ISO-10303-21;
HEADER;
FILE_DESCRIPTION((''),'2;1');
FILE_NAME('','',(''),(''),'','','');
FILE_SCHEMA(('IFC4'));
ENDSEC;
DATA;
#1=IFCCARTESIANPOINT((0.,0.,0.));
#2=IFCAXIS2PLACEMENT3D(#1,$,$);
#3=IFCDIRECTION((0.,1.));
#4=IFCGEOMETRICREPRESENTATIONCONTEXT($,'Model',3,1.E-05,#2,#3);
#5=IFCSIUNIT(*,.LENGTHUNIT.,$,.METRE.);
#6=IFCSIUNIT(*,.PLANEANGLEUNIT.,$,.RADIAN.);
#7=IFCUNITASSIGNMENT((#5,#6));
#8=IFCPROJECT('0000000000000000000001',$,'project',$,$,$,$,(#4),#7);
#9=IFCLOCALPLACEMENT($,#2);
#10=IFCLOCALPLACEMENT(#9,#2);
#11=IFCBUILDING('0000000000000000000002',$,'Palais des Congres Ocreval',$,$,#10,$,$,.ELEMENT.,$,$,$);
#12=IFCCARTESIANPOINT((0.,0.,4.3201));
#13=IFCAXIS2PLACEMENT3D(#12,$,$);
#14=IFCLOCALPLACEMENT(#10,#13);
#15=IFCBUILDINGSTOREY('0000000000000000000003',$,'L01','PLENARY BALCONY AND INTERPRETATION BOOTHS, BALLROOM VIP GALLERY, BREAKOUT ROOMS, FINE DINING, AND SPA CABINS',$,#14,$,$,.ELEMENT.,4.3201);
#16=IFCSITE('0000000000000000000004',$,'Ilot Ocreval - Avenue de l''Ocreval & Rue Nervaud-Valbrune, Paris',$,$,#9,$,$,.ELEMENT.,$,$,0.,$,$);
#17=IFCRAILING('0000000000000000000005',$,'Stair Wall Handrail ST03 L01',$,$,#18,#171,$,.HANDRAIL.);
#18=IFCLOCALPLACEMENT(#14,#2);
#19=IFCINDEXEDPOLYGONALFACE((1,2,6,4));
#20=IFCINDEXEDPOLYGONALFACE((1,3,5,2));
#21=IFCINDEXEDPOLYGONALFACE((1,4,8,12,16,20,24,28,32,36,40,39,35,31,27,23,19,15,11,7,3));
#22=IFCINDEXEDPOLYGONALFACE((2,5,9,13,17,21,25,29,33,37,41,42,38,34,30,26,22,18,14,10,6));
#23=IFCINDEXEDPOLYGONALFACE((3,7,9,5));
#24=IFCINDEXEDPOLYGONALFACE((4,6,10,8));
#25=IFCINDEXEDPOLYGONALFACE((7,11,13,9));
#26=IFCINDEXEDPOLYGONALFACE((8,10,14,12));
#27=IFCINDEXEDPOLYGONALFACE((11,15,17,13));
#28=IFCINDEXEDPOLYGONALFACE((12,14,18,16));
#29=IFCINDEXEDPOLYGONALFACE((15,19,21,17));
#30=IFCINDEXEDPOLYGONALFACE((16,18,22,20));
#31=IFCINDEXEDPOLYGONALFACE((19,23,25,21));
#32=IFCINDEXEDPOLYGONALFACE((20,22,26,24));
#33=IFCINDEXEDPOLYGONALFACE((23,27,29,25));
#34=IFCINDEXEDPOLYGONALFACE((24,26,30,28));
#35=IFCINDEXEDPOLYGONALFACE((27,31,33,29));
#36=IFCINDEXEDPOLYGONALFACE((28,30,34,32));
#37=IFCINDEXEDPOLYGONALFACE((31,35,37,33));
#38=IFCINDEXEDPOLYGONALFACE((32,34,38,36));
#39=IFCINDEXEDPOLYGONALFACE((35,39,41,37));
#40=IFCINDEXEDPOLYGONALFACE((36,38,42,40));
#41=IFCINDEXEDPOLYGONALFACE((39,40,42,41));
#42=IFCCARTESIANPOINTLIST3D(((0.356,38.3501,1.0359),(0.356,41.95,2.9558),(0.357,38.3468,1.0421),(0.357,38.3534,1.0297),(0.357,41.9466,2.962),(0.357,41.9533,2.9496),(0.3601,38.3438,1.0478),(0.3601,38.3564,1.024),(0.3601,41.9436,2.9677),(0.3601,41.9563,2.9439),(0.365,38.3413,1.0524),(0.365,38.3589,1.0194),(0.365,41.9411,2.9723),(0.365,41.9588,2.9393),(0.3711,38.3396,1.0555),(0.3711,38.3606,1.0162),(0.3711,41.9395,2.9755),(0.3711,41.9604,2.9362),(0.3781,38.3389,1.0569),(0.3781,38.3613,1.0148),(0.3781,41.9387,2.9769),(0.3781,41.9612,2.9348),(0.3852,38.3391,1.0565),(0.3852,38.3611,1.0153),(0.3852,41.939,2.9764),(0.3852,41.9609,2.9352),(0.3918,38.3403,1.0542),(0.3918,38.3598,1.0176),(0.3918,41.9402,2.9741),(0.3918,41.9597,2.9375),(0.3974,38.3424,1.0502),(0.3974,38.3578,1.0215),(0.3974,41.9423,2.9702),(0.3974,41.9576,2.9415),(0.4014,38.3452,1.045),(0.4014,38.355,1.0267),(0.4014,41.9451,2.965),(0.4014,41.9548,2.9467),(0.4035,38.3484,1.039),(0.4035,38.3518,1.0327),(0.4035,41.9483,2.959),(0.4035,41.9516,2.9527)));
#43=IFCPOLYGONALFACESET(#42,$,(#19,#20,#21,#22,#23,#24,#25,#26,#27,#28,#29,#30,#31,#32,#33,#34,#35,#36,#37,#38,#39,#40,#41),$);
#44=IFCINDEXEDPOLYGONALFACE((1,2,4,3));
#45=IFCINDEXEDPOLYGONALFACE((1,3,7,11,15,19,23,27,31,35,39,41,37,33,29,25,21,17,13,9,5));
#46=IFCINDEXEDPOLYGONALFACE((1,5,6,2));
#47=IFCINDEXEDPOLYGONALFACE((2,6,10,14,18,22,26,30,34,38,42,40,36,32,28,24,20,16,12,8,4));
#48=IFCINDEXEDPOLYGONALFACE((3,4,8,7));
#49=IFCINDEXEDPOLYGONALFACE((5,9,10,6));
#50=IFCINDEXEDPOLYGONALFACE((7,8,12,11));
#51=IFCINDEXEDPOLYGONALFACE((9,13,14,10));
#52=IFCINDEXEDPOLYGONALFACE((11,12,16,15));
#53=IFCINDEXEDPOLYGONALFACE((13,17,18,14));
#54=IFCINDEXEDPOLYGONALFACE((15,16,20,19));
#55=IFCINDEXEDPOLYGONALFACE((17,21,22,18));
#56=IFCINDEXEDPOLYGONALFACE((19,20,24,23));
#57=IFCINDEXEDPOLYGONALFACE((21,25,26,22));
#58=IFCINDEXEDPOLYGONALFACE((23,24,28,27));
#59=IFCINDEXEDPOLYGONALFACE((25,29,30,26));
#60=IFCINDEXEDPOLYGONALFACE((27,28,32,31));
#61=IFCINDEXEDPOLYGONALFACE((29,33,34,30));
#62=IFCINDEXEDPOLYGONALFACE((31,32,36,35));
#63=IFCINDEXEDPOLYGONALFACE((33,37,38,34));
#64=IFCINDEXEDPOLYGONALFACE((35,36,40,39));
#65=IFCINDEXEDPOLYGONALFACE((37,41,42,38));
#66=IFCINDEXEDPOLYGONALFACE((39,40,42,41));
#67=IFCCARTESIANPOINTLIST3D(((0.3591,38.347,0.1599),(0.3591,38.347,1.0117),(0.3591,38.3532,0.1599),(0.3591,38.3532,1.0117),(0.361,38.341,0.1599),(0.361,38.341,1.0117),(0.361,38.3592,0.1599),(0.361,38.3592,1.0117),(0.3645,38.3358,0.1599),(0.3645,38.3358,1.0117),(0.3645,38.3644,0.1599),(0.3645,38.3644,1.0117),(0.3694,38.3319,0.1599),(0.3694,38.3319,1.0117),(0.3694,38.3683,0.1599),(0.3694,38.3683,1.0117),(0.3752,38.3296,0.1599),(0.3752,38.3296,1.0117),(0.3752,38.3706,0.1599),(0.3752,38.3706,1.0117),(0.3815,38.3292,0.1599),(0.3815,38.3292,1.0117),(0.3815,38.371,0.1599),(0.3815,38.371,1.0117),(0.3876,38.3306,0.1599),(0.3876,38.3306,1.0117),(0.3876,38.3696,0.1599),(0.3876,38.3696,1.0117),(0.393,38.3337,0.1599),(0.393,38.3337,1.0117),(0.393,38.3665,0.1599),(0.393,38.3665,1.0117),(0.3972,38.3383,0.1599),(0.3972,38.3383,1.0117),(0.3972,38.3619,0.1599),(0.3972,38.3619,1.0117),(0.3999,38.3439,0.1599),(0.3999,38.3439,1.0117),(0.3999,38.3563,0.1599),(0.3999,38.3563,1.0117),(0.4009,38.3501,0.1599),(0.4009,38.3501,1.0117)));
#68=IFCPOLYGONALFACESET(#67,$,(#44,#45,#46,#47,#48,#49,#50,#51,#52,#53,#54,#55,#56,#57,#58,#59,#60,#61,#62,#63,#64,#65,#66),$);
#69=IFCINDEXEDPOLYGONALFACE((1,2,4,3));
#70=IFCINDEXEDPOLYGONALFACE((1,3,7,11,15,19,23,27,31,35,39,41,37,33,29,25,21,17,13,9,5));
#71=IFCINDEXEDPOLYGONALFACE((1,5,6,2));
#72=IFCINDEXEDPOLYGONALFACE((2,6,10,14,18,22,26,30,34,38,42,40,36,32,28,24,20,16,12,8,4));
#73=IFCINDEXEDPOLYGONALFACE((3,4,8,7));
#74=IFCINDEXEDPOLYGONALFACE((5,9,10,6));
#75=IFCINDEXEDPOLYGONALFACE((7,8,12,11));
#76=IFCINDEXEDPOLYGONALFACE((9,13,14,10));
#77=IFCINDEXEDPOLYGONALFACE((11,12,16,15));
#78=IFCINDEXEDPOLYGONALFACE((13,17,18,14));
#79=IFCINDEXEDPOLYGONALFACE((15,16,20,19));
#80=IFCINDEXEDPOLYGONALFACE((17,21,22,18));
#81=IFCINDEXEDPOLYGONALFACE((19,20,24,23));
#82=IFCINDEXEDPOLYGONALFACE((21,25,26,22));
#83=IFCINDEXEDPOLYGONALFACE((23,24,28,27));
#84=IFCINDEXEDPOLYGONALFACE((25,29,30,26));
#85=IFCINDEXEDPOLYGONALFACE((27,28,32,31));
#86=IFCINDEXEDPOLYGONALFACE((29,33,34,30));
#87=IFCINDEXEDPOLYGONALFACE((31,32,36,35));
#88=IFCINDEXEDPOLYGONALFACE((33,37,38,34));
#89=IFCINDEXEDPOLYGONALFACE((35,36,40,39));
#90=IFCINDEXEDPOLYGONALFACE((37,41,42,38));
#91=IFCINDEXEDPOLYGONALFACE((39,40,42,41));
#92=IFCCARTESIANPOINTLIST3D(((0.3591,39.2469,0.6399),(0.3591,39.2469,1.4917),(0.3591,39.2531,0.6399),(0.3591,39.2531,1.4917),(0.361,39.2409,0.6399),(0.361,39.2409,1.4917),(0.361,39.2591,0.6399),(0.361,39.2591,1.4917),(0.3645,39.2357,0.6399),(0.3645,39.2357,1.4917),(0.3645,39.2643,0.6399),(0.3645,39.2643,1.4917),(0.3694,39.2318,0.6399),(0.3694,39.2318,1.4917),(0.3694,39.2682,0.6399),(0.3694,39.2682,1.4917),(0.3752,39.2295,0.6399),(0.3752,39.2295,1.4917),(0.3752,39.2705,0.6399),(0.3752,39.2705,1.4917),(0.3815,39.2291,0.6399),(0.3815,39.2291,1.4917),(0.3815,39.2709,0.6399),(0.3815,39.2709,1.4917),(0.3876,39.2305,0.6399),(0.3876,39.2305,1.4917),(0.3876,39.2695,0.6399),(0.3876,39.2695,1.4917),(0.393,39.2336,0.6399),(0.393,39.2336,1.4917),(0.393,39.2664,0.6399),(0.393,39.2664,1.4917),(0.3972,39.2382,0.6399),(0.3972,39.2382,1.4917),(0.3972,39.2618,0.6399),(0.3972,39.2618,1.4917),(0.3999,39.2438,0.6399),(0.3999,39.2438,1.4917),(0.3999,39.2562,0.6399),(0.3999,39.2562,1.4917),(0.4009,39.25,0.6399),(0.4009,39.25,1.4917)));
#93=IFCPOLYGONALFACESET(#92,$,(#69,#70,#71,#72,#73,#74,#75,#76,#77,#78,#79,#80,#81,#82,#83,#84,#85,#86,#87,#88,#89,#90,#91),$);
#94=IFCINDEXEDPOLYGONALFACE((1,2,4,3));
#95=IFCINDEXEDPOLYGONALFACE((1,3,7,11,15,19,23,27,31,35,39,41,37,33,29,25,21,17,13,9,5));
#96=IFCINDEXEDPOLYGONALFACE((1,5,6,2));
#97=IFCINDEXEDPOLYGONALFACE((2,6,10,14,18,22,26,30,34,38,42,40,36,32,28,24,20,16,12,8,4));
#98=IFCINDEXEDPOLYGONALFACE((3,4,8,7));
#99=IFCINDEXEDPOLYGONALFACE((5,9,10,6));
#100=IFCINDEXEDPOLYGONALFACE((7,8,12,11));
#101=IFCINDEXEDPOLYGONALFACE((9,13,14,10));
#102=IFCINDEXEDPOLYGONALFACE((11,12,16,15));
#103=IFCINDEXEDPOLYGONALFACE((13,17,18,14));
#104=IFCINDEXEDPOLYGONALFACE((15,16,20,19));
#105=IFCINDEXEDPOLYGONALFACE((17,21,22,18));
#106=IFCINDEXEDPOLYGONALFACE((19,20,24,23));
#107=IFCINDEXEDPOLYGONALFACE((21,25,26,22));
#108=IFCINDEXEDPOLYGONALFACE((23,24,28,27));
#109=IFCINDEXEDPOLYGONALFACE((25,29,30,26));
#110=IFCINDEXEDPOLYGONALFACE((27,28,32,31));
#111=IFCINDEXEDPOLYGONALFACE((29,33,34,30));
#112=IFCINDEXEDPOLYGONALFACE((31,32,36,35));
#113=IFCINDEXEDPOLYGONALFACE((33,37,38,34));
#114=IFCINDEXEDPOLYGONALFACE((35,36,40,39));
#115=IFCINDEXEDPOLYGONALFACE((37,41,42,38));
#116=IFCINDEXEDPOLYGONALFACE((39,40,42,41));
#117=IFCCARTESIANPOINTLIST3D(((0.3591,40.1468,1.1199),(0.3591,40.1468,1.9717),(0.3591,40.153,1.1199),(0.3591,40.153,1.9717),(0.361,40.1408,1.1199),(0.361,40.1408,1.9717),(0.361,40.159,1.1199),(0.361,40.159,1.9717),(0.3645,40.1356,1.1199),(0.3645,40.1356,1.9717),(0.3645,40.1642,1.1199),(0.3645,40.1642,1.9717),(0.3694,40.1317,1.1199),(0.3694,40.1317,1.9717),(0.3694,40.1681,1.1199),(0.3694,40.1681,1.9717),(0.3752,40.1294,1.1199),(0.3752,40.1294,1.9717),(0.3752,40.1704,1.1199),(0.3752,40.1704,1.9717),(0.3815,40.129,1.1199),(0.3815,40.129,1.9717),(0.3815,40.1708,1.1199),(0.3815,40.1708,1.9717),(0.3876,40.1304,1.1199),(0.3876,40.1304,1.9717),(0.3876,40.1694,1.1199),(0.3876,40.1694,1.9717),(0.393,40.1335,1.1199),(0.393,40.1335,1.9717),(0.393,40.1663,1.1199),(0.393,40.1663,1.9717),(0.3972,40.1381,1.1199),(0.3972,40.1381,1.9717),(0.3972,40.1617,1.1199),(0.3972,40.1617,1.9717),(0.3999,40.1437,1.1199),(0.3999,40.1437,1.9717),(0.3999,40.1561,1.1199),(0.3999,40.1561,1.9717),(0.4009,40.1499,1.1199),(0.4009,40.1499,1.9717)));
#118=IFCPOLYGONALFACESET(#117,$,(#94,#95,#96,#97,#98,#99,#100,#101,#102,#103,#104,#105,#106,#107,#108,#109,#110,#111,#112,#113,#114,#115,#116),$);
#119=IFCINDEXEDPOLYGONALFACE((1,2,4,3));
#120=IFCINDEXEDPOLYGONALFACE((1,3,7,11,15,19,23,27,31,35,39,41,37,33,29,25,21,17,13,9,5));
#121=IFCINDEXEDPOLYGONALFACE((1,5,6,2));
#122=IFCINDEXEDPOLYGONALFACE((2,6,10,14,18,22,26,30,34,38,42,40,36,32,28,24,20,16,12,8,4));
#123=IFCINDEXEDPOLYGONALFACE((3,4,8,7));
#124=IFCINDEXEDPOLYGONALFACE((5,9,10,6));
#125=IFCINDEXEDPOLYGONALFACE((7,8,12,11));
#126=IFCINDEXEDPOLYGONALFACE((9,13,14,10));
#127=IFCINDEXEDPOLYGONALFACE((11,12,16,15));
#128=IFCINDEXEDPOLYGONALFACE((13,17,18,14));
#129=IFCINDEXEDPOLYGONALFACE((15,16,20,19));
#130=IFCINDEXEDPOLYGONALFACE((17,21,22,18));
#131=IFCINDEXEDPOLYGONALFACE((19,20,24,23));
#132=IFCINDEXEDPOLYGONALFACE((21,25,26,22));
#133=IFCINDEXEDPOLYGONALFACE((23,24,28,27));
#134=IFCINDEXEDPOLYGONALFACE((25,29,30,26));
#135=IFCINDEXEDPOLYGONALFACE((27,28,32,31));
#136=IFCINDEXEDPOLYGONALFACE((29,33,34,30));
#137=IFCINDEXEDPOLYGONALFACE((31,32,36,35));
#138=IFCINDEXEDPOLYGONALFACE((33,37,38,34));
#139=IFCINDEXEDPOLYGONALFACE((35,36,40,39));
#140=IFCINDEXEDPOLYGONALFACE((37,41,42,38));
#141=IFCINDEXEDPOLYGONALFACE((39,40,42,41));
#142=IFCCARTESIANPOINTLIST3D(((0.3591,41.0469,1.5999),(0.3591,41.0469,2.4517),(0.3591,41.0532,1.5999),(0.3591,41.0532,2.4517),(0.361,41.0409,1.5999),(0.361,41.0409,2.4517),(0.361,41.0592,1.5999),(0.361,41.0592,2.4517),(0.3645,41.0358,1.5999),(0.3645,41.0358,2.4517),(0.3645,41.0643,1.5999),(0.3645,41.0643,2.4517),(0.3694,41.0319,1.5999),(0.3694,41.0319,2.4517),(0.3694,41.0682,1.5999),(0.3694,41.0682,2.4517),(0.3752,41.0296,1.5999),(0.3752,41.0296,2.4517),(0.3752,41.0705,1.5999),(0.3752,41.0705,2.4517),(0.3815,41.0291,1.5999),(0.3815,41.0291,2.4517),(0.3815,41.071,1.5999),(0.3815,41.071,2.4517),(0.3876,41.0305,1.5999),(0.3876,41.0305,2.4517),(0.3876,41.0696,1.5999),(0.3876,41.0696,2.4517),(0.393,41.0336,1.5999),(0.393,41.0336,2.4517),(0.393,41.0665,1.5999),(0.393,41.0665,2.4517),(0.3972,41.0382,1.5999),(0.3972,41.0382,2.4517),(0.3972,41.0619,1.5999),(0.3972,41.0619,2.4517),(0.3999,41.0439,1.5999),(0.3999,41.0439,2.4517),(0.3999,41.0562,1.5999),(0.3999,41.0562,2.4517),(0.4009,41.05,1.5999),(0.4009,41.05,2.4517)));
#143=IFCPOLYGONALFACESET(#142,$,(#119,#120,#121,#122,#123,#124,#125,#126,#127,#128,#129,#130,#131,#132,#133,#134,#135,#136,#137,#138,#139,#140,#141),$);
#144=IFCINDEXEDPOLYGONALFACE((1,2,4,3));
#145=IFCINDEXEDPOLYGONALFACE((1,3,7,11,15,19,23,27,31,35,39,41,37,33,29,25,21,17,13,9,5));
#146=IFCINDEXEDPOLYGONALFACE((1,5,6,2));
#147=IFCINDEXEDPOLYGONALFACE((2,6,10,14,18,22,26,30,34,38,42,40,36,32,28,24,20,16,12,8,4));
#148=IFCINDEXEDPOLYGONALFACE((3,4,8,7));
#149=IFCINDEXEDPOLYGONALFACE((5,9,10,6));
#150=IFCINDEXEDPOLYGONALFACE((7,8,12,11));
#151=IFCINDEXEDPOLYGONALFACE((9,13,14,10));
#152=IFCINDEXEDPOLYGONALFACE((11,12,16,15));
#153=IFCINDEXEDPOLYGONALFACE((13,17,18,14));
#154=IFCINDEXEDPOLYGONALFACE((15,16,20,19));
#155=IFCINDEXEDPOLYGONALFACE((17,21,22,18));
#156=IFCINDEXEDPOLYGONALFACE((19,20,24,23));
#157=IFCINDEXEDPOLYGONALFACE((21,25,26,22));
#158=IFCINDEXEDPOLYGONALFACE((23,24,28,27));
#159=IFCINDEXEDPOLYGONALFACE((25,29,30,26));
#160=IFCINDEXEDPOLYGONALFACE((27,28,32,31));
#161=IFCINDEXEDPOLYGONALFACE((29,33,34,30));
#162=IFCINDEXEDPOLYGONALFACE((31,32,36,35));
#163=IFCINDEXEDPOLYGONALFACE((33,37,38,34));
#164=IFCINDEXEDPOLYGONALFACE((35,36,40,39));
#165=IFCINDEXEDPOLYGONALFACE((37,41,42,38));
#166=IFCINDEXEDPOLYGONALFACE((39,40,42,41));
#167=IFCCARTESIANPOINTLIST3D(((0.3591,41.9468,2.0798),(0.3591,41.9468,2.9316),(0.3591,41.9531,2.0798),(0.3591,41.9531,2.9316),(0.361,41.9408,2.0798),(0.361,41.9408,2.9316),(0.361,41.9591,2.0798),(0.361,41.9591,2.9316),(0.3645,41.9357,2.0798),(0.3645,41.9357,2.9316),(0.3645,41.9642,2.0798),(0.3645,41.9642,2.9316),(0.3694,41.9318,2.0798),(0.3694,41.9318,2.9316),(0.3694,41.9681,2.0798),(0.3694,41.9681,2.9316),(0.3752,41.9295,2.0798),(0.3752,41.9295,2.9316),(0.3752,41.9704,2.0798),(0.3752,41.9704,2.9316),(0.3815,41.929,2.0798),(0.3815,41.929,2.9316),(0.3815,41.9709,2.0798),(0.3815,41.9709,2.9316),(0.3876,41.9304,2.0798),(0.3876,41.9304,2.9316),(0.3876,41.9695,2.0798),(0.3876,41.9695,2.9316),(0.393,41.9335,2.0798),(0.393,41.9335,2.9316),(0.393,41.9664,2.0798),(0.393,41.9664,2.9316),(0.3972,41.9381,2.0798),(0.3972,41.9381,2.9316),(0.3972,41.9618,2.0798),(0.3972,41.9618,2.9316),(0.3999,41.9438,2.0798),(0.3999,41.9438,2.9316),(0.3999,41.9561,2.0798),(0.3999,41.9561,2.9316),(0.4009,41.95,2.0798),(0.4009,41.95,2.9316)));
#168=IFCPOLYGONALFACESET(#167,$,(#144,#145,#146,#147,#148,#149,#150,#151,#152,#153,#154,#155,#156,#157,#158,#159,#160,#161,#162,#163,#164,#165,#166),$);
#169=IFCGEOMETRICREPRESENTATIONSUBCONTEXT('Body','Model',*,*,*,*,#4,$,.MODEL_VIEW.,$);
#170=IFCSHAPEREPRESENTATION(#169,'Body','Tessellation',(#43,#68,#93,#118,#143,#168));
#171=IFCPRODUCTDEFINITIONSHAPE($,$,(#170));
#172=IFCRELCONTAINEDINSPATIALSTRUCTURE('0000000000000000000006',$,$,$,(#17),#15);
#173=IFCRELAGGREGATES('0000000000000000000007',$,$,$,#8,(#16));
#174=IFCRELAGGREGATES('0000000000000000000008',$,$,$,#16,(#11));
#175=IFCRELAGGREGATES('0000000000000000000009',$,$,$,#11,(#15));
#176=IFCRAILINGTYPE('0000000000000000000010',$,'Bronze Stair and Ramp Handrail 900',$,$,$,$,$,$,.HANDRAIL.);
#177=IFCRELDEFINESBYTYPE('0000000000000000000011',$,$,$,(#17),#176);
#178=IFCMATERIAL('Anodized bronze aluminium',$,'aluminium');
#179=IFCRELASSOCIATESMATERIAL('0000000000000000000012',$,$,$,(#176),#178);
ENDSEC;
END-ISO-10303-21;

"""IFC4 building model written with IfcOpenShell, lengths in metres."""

from ifc_helpers import new_model, si_unit, direction, frame, origin, origin_2d, place, context, subcontext, project, spatial, circle, extrude, material, type_object, element, save


model = new_model("IFC4")

# Units and contexts
model_context = context("Model", 3, precision=1e-05, world=origin(), true_north=direction((0.0, 1.0)))
body_context = subcontext(model_context, "Body", "Model", "MODEL_VIEW")
ifc_project = project(units=[si_unit("LENGTHUNIT", "METRE"), si_unit("PLANEANGLEUNIT", "RADIAN")], contexts=[model_context])

# Site, building, storey
site_placement = place(None, origin())
site = spatial("IfcSite", under=ifc_project, at=site_placement, Name="Ilot Ocreval - Avenue de l'Ocreval & Rue Nervaud-Valbrune, Paris", CompositionType="ELEMENT", RefElevation=0.0)
building_placement = place(site_placement, origin())
building = spatial("IfcBuilding", under=site, at=building_placement, Name="Palais des Congres Ocreval", CompositionType="ELEMENT")
storey_placement = place(building_placement, frame((0.0, 0.0, 4.3201)))
storey = spatial("IfcBuildingStorey", under=building, at=storey_placement, Name="L01", Description="PLENARY BALCONY AND INTERPRETATION BOOTHS, BALLROOM VIP GALLERY, BREAKOUT ROOMS, FINE DINING, AND SPA CABINS", CompositionType="ELEMENT", Elevation=4.3201)

# Shared definitions
ifc_material_1 = material(Name="Anodized bronze aluminium", Category="aluminium")

# Railing
railing_type_1 = type_object("IfcRailingType", Name="Bronze Stair and Ramp Handrail 900", PredefinedType="HANDRAIL", material=ifc_material_1)
railing_1_placement = place(storey_placement, frame((0.3799, 38.3501, 0.1599)))
element("IfcRailing", 1, at=railing_1_placement, inside=storey, type_object=railing_type_1, Name="Stair Wall Handrail ST03 L01", PredefinedType="HANDRAIL", context=body_context, shape_type="SweptSolid", body=[
    extrude(circle(Radius=0.0239, at=origin_2d()), frame((0.0, 0.0, 0.876), z_axis=(0.0, 0.882353, 0.470588), x_axis=(-1.0, 0.0, 0.0)), (0.0, 0.0, 1.0), 4.0798),
    extrude(circle(Radius=0.021, at=origin_2d()), origin(), (0.0, 0.0, 1.0), 0.8518),
    extrude(circle(Radius=0.021, at=origin_2d()), frame((0.0, 0.8999, 0.48)), (0.0, 0.0, 1.0), 0.8518),
    extrude(circle(Radius=0.021, at=origin_2d()), frame((0.0, 1.7998, 0.96)), (0.0, 0.0, 1.0), 0.8518),
    extrude(circle(Radius=0.021, at=origin_2d()), frame((0.0, 2.7, 1.4399)), (0.0, 0.0, 1.0), 0.8518),
    extrude(circle(Radius=0.021, at=origin_2d()), frame((0.0, 3.5999, 1.9199)), (0.0, 0.0, 1.0), 0.8518),
])

save(model, "model.ifc")
